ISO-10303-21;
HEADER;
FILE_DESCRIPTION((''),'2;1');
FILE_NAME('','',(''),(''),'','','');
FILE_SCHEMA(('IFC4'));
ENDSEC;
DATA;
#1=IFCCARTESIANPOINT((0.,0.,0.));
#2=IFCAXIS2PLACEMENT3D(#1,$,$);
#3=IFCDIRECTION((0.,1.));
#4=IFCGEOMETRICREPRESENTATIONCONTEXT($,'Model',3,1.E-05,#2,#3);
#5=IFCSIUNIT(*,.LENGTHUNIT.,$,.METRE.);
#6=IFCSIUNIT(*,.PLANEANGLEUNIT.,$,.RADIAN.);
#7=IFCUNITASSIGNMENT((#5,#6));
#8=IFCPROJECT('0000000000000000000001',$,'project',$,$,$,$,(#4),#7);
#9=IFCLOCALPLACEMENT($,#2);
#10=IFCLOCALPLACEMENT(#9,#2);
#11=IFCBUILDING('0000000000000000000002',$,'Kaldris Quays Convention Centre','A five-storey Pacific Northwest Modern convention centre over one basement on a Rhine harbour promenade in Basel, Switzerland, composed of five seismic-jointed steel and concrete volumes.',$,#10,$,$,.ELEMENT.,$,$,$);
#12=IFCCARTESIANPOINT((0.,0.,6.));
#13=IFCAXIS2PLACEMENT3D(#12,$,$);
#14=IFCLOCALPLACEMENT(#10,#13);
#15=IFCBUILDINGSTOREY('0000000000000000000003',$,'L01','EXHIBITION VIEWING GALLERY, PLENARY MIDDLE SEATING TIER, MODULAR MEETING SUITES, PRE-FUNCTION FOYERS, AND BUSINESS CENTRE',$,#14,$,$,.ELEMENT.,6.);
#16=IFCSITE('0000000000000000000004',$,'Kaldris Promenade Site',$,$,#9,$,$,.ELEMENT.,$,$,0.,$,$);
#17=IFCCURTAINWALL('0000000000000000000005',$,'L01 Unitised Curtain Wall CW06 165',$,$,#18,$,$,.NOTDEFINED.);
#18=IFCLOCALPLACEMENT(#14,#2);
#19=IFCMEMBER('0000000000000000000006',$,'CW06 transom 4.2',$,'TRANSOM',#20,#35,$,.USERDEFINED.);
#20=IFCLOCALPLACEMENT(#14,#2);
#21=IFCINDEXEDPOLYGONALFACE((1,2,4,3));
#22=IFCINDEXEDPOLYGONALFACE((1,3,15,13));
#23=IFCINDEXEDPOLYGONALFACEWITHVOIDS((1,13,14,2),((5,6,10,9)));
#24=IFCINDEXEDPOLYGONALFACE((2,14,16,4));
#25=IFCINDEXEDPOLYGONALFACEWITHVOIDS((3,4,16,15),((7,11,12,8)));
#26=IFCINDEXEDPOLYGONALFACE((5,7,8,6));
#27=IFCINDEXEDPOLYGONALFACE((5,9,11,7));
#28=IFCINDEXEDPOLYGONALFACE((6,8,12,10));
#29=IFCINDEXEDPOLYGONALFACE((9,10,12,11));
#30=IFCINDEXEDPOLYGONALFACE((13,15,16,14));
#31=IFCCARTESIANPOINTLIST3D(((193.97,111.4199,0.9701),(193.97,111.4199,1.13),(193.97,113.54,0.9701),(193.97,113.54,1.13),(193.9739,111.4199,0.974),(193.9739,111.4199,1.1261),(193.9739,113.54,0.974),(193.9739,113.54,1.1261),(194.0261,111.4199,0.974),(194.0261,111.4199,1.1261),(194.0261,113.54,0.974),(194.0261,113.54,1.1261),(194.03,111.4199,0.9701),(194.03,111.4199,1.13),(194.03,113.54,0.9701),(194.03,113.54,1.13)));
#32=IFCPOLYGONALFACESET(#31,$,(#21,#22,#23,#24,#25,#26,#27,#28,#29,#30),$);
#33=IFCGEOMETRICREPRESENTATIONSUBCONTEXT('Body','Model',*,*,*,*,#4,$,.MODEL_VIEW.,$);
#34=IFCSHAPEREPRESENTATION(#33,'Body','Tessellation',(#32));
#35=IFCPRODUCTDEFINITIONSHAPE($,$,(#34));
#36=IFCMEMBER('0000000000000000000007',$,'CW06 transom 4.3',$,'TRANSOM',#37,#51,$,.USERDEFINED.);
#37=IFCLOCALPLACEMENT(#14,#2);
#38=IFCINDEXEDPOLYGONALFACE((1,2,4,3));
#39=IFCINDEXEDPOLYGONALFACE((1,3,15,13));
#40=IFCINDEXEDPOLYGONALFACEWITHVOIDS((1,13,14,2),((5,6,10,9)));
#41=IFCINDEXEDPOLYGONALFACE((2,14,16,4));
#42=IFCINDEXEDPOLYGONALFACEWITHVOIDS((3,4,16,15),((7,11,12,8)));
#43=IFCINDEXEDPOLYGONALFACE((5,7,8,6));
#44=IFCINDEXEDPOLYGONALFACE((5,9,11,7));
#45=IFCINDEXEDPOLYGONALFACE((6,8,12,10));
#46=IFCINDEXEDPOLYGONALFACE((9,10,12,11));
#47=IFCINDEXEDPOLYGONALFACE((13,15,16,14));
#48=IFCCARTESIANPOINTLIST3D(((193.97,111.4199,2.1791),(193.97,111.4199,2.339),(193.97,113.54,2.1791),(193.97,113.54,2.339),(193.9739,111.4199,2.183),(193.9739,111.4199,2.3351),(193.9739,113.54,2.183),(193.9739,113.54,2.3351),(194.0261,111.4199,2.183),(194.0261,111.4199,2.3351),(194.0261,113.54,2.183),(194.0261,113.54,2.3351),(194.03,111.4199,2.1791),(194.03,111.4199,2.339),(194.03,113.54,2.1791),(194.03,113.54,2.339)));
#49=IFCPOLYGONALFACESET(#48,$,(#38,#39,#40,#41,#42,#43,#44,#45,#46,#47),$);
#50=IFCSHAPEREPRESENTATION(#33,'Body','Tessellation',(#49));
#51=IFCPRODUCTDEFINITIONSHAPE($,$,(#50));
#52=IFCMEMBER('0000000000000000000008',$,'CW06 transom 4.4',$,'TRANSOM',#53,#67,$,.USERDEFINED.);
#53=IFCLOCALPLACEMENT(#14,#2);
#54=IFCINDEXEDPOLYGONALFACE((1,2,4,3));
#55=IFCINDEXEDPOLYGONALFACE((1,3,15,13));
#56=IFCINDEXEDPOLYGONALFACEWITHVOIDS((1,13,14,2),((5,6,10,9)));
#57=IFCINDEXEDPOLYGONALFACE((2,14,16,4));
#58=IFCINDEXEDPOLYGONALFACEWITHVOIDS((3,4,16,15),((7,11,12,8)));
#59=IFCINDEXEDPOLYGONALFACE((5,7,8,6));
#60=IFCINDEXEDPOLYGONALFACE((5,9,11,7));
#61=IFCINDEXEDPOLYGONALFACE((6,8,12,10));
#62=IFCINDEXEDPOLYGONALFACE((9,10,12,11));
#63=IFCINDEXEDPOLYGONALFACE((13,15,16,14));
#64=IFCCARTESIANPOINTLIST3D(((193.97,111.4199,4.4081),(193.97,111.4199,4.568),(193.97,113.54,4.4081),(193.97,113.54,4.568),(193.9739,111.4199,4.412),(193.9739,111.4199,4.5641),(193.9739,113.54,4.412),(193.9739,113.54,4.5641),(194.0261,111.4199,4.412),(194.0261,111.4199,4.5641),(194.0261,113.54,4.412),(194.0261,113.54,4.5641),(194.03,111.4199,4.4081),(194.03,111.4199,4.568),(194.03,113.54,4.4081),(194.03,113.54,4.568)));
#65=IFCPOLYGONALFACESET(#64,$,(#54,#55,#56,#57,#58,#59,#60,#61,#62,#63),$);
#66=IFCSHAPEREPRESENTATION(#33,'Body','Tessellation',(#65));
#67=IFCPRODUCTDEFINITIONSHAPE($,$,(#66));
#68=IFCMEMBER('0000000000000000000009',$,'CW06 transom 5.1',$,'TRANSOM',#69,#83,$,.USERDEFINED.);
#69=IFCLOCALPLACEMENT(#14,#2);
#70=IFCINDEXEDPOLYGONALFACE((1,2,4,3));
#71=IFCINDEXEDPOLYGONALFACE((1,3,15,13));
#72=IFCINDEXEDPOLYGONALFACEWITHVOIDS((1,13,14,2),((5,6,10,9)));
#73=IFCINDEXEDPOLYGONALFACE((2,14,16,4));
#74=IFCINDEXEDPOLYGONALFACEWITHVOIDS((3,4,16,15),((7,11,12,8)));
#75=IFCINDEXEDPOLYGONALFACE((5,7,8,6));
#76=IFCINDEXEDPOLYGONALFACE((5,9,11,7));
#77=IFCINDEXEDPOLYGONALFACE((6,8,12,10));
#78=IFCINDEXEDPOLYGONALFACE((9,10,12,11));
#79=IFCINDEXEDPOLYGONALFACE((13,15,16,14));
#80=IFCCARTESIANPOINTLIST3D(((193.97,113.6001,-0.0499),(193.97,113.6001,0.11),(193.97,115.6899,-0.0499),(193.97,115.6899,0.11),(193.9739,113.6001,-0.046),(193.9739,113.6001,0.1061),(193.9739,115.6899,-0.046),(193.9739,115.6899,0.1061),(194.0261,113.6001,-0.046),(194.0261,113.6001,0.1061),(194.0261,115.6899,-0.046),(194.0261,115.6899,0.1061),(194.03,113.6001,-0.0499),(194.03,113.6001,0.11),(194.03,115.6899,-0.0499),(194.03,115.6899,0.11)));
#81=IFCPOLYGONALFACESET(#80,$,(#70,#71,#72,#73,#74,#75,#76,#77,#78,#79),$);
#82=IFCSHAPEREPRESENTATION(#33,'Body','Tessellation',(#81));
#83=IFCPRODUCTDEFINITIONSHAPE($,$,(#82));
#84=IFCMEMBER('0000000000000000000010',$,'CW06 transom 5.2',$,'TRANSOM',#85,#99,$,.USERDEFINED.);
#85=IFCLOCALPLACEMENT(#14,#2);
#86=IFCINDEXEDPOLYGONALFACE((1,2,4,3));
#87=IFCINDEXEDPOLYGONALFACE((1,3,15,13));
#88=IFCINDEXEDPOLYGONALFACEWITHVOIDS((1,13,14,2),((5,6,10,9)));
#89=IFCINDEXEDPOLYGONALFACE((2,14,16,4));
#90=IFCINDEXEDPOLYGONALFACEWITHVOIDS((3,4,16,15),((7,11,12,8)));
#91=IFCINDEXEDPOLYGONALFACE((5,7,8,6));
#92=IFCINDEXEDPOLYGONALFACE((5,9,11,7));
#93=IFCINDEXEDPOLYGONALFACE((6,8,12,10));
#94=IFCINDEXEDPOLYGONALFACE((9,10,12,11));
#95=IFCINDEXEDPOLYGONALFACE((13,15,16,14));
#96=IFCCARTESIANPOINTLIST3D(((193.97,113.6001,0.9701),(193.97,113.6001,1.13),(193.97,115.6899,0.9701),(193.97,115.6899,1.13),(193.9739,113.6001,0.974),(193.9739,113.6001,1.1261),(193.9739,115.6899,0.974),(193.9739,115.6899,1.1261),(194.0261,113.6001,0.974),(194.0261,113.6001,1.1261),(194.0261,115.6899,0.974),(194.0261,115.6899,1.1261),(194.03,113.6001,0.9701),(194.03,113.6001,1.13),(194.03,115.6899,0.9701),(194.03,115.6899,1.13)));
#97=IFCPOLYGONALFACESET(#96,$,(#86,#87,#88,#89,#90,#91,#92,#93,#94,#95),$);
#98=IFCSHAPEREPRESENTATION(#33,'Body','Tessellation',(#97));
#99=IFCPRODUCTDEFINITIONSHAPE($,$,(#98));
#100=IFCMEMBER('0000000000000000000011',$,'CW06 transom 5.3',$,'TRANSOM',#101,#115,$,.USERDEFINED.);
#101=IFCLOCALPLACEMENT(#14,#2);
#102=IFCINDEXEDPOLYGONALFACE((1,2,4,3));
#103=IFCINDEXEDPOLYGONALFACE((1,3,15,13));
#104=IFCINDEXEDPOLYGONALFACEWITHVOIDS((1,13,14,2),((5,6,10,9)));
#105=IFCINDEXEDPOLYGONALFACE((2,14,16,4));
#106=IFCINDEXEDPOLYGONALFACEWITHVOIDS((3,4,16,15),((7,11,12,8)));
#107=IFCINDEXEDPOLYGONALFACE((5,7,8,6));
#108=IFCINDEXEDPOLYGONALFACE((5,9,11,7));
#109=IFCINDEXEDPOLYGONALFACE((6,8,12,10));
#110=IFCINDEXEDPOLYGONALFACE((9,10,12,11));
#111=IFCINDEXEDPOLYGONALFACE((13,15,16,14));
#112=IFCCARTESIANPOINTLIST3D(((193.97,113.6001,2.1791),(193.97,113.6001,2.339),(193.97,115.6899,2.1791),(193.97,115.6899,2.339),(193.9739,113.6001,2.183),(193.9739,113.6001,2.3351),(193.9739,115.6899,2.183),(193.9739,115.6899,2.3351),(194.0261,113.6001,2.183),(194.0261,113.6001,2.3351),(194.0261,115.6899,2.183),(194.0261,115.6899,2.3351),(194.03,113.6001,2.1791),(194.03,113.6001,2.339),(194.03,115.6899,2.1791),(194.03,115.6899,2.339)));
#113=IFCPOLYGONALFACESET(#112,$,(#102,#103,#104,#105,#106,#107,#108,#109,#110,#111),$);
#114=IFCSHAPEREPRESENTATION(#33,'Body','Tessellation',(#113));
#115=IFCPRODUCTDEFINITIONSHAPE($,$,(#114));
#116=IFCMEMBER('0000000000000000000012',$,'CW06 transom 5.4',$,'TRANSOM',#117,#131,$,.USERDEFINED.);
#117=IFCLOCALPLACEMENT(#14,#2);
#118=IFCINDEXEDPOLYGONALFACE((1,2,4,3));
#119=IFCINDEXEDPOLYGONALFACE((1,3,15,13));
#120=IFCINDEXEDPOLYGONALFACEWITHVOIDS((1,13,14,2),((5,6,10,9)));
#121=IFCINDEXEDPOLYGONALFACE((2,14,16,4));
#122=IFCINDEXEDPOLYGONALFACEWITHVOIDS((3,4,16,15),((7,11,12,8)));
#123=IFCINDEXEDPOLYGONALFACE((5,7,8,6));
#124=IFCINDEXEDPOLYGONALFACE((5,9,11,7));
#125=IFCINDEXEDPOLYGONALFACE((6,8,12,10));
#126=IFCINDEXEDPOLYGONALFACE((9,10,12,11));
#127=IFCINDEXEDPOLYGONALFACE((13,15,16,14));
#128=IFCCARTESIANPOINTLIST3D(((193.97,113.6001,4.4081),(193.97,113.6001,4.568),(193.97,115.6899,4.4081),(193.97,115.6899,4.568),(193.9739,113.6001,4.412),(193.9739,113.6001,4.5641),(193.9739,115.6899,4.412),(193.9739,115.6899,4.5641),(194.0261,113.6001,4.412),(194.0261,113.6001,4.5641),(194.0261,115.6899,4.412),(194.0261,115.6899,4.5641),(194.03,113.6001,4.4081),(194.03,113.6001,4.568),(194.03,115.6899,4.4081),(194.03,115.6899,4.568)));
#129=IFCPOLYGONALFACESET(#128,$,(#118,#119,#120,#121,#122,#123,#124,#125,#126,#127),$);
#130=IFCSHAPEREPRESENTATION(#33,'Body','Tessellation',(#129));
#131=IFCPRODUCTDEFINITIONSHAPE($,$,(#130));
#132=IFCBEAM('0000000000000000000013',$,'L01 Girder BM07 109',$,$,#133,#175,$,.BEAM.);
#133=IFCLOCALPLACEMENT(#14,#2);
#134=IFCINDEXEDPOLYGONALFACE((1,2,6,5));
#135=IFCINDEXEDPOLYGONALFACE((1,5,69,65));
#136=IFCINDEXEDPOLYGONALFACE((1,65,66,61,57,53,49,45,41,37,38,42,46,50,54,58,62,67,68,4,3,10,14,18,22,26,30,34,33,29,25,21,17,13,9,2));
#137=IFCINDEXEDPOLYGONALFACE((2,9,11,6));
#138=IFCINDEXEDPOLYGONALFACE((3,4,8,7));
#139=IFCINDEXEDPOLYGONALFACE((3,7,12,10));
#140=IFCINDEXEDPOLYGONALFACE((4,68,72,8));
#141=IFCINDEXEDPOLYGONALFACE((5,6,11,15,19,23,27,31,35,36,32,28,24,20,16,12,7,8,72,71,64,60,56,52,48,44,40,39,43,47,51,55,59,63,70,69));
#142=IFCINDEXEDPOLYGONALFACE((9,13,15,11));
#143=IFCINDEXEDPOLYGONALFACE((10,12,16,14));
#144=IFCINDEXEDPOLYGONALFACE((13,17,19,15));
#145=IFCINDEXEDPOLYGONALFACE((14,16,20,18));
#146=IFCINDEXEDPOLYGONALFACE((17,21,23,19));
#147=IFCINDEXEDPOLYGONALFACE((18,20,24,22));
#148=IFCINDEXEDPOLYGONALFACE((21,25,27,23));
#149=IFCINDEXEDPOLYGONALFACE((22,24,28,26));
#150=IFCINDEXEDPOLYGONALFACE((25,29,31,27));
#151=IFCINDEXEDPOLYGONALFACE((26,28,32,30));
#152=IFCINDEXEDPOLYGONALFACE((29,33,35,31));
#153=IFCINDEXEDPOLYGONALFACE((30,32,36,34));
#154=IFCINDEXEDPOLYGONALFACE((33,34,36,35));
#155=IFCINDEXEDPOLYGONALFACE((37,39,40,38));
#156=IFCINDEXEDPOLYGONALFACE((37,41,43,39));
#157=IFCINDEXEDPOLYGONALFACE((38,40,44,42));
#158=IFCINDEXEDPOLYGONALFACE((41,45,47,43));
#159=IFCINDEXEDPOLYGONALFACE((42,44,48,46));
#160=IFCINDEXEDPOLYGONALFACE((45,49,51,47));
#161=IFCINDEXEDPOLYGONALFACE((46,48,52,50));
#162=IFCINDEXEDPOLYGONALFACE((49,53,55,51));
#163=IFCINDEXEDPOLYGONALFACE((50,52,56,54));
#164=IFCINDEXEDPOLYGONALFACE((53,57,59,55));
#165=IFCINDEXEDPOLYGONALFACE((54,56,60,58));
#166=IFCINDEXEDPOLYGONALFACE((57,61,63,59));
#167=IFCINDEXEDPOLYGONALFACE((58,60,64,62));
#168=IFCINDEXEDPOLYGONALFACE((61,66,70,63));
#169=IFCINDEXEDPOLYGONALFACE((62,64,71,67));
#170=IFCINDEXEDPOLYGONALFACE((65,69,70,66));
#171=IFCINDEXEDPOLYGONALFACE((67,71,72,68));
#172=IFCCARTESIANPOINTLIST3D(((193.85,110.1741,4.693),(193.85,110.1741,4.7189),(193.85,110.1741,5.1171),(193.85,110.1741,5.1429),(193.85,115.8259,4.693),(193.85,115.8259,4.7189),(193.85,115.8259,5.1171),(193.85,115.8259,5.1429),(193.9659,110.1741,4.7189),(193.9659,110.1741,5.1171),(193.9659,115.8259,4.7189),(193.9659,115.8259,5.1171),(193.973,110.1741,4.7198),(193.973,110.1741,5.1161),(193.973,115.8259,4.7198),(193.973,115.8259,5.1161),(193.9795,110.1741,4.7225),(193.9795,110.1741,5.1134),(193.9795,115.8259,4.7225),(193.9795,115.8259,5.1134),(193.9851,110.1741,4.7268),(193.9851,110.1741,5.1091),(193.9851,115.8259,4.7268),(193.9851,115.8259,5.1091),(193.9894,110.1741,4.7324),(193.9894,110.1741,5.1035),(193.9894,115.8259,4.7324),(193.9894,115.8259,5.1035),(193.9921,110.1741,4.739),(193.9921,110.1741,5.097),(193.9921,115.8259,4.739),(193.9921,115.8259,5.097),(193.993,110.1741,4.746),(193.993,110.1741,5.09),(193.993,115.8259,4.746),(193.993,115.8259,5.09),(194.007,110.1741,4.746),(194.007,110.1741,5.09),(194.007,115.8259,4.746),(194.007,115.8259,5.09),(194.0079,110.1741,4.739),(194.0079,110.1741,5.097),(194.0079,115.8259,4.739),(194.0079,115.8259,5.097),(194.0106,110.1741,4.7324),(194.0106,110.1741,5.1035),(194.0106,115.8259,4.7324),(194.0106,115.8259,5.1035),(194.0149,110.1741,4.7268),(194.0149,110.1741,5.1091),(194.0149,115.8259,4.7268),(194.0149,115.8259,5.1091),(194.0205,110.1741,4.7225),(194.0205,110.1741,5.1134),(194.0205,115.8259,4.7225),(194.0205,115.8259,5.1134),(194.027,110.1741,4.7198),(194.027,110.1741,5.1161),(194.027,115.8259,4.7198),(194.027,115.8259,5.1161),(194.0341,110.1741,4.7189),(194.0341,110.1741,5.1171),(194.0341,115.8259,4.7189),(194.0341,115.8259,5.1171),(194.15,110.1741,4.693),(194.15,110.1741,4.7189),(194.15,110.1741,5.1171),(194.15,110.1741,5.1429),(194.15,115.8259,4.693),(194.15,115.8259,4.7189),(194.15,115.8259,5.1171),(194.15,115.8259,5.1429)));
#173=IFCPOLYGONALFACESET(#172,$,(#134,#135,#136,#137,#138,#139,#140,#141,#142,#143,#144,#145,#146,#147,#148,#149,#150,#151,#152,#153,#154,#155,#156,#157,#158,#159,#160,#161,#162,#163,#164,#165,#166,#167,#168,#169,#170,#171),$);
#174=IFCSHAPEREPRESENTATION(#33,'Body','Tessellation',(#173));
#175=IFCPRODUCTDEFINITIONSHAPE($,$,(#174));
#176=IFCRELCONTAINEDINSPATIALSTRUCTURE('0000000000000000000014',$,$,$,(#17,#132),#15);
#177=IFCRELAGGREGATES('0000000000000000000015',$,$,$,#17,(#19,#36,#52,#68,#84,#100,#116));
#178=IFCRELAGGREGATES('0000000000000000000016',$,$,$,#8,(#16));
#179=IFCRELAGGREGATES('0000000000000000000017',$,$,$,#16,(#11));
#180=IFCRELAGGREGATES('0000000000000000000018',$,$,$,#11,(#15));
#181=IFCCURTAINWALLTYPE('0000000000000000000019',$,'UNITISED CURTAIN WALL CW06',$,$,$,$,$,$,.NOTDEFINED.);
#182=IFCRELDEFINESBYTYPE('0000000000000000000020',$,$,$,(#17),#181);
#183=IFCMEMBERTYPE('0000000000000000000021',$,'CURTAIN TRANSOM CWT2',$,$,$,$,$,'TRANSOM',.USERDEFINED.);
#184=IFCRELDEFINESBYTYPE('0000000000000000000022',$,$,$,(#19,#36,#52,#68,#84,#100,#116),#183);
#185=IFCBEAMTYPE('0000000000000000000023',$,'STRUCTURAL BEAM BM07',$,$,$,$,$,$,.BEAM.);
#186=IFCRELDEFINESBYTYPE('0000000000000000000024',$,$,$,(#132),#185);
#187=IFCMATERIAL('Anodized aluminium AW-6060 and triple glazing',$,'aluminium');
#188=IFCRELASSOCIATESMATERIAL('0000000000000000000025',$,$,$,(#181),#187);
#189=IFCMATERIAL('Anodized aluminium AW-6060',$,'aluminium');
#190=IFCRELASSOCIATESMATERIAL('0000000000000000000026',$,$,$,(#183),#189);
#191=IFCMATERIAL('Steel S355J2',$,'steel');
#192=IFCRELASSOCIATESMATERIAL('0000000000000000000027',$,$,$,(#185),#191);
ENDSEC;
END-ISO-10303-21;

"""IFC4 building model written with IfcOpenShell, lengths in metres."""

from ifc_helpers import new_model, si_unit, direction, frame, origin, origin_2d, place, context, subcontext, project, spatial, hollow_rectangle, i_section, extrude, material, material_profile, profile_set, type_object, element, aggregate, save


model = new_model("IFC4")

# Units and contexts
model_context = context("Model", 3, precision=1e-05, world=origin(), true_north=direction((0.0, 1.0)))
body_context = subcontext(model_context, "Body", "Model", "MODEL_VIEW")
ifc_project = project(units=[si_unit("LENGTHUNIT", "METRE"), si_unit("PLANEANGLEUNIT", "RADIAN")], contexts=[model_context])

# Site, building, storey
site_placement = place(None, origin())
site = spatial("IfcSite", under=ifc_project, at=site_placement, Name="Kaldris Promenade Site", CompositionType="ELEMENT", RefElevation=0.0)
building_placement = place(site_placement, origin())
building = spatial("IfcBuilding", under=site, at=building_placement, Name="Kaldris Quays Convention Centre", Description="A five-storey Pacific Northwest Modern convention centre over one basement on a Rhine harbour promenade in Basel, Switzerland, composed of five seismic-jointed steel and concrete volumes.", CompositionType="ELEMENT")
storey_placement = place(building_placement, frame((0.0, 0.0, 6.0)))
storey = spatial("IfcBuildingStorey", under=building, at=storey_placement, Name="L01", Description="EXHIBITION VIEWING GALLERY, PLENARY MIDDLE SEATING TIER, MODULAR MEETING SUITES, PRE-FUNCTION FOYERS, AND BUSINESS CENTRE", CompositionType="ELEMENT", Elevation=6.0)

# Shared definitions
ifc_material_1 = material(Name="Steel S355J2", Category="steel")

# Curtain wall, members
ifc_material_2 = material(Name="Anodized aluminium AW-6060 and triple glazing", Category="aluminium")
curtain_wall_type = type_object("IfcCurtainWallType", Name="UNITISED CURTAIN WALL CW06", PredefinedType="NOTDEFINED", material=ifc_material_2)
curtain_wall_placement = place(storey_placement, origin())
curtain_wall = element("IfcCurtainWall", 1, at=curtain_wall_placement, inside=storey, type_object=curtain_wall_type, Name="L01 Unitised Curtain Wall CW06 165", PredefinedType="NOTDEFINED")
ifc_material_3 = material(Name="Anodized aluminium AW-6060", Category="aluminium")
ifc_material_profile_1 = material_profile(ifc_material_3, hollow_rectangle(XDim=0.0601, YDim=0.1599, WallThickness=0.0039, at=origin_2d()), Name="RHS 160x60x4")
ifc_profile_set_1 = profile_set([ifc_material_profile_1], Name="Anodized aluminium AW-6060")
member_type_1 = type_object("IfcMemberType", Name="CURTAIN TRANSOM CWT2", ElementType="TRANSOM", PredefinedType="USERDEFINED", material=ifc_profile_set_1)
member_1_placement = place(storey_placement, frame((194.0, 111.4199, 1.05), z_axis=(0.0, 1.0, 0.0), x_axis=(-1.0, 0.0, 0.0)))
member_1 = element("IfcMember", 2, at=member_1_placement, type_object=member_type_1, Name="CW06 transom 4.2", ObjectType="TRANSOM", PredefinedType="USERDEFINED", context=body_context, shape_type="SweptSolid", body=[
    extrude(hollow_rectangle(XDim=0.0601, YDim=0.1599, WallThickness=0.0039, at=origin_2d()), origin(), (0.0, 0.0, 1.0), 2.1201),
])
member_2_placement = place(storey_placement, frame((194.0, 111.4199, 2.259), z_axis=(0.0, 1.0, 0.0), x_axis=(-1.0, 0.0, 0.0)))
member_2 = element("IfcMember", 3, at=member_2_placement, type_object=member_type_1, Name="CW06 transom 4.3", ObjectType="TRANSOM", PredefinedType="USERDEFINED", context=body_context, shape_type="SweptSolid", body=[
    extrude(hollow_rectangle(XDim=0.0601, YDim=0.1599, WallThickness=0.0039, at=origin_2d()), origin(), (0.0, 0.0, 1.0), 2.1201),
])
member_3_placement = place(storey_placement, frame((194.0, 111.4199, 4.488), z_axis=(0.0, 1.0, 0.0), x_axis=(-1.0, 0.0, 0.0)))
member_3 = element("IfcMember", 4, at=member_3_placement, type_object=member_type_1, Name="CW06 transom 4.4", ObjectType="TRANSOM", PredefinedType="USERDEFINED", context=body_context, shape_type="SweptSolid", body=[
    extrude(hollow_rectangle(XDim=0.0601, YDim=0.1599, WallThickness=0.0039, at=origin_2d()), origin(), (0.0, 0.0, 1.0), 2.1201),
])
member_4_placement = place(storey_placement, frame((194.0, 113.6001, 0.03), z_axis=(0.0, 1.0, 0.0), x_axis=(-1.0, 0.0, 0.0)))
member_4 = element("IfcMember", 5, at=member_4_placement, type_object=member_type_1, Name="CW06 transom 5.1", ObjectType="TRANSOM", PredefinedType="USERDEFINED", context=body_context, shape_type="SweptSolid", body=[
    extrude(hollow_rectangle(XDim=0.0601, YDim=0.1599, WallThickness=0.0039, at=origin_2d()), origin(), (0.0, 0.0, 1.0), 2.0898),
])
member_5_placement = place(storey_placement, frame((194.0, 113.6001, 1.05), z_axis=(0.0, 1.0, 0.0), x_axis=(-1.0, 0.0, 0.0)))
member_5 = element("IfcMember", 6, at=member_5_placement, type_object=member_type_1, Name="CW06 transom 5.2", ObjectType="TRANSOM", PredefinedType="USERDEFINED", context=body_context, shape_type="SweptSolid", body=[
    extrude(hollow_rectangle(XDim=0.0601, YDim=0.1599, WallThickness=0.0039, at=origin_2d()), origin(), (0.0, 0.0, 1.0), 2.0898),
])
member_6_placement = place(storey_placement, frame((194.0, 113.6001, 2.259), z_axis=(0.0, 1.0, 0.0), x_axis=(-1.0, 0.0, 0.0)))
member_6 = element("IfcMember", 7, at=member_6_placement, type_object=member_type_1, Name="CW06 transom 5.3", ObjectType="TRANSOM", PredefinedType="USERDEFINED", context=body_context, shape_type="SweptSolid", body=[
    extrude(hollow_rectangle(XDim=0.0601, YDim=0.1599, WallThickness=0.0039, at=origin_2d()), origin(), (0.0, 0.0, 1.0), 2.0898),
])
member_7_placement = place(storey_placement, frame((194.0, 113.6001, 4.488), z_axis=(0.0, 1.0, 0.0), x_axis=(-1.0, 0.0, 0.0)))
member_7 = element("IfcMember", 8, at=member_7_placement, type_object=member_type_1, Name="CW06 transom 5.4", ObjectType="TRANSOM", PredefinedType="USERDEFINED", context=body_context, shape_type="SweptSolid", body=[
    extrude(hollow_rectangle(XDim=0.0601, YDim=0.1599, WallThickness=0.0039, at=origin_2d()), origin(), (0.0, 0.0, 1.0), 2.0898),
])

# Beam
ifc_material_profile_2 = material_profile(ifc_material_1, i_section(OverallWidth=0.3, OverallDepth=0.45, WebThickness=0.0139, FlangeThickness=0.0259, FilletRadius=0.0271, at=origin_2d()), Name="HEB 450")
ifc_profile_set_2 = profile_set([ifc_material_profile_2], Name="Steel S355J2")
beam_type_1 = type_object("IfcBeamType", Name="STRUCTURAL BEAM BM07", PredefinedType="BEAM", material=ifc_profile_set_2)
beam_1_placement = place(storey_placement, frame((194.0, 110.1741, 4.918), z_axis=(0.0, 1.0, 0.0), x_axis=(-1.0, 0.0, 0.0)))
element("IfcBeam", 9, at=beam_1_placement, inside=storey, type_object=beam_type_1, Name="L01 Girder BM07 109", PredefinedType="BEAM", context=body_context, shape_type="SweptSolid", body=[
    extrude(i_section(OverallWidth=0.3, OverallDepth=0.45, WebThickness=0.0139, FlangeThickness=0.0259, FilletRadius=0.0271, at=origin_2d()), origin(), (0.0, 0.0, 1.0), 5.6519),
])

aggregate(curtain_wall, [member_1, member_2, member_3, member_4, member_5, member_6, member_7])

save(model, "model.ifc")
